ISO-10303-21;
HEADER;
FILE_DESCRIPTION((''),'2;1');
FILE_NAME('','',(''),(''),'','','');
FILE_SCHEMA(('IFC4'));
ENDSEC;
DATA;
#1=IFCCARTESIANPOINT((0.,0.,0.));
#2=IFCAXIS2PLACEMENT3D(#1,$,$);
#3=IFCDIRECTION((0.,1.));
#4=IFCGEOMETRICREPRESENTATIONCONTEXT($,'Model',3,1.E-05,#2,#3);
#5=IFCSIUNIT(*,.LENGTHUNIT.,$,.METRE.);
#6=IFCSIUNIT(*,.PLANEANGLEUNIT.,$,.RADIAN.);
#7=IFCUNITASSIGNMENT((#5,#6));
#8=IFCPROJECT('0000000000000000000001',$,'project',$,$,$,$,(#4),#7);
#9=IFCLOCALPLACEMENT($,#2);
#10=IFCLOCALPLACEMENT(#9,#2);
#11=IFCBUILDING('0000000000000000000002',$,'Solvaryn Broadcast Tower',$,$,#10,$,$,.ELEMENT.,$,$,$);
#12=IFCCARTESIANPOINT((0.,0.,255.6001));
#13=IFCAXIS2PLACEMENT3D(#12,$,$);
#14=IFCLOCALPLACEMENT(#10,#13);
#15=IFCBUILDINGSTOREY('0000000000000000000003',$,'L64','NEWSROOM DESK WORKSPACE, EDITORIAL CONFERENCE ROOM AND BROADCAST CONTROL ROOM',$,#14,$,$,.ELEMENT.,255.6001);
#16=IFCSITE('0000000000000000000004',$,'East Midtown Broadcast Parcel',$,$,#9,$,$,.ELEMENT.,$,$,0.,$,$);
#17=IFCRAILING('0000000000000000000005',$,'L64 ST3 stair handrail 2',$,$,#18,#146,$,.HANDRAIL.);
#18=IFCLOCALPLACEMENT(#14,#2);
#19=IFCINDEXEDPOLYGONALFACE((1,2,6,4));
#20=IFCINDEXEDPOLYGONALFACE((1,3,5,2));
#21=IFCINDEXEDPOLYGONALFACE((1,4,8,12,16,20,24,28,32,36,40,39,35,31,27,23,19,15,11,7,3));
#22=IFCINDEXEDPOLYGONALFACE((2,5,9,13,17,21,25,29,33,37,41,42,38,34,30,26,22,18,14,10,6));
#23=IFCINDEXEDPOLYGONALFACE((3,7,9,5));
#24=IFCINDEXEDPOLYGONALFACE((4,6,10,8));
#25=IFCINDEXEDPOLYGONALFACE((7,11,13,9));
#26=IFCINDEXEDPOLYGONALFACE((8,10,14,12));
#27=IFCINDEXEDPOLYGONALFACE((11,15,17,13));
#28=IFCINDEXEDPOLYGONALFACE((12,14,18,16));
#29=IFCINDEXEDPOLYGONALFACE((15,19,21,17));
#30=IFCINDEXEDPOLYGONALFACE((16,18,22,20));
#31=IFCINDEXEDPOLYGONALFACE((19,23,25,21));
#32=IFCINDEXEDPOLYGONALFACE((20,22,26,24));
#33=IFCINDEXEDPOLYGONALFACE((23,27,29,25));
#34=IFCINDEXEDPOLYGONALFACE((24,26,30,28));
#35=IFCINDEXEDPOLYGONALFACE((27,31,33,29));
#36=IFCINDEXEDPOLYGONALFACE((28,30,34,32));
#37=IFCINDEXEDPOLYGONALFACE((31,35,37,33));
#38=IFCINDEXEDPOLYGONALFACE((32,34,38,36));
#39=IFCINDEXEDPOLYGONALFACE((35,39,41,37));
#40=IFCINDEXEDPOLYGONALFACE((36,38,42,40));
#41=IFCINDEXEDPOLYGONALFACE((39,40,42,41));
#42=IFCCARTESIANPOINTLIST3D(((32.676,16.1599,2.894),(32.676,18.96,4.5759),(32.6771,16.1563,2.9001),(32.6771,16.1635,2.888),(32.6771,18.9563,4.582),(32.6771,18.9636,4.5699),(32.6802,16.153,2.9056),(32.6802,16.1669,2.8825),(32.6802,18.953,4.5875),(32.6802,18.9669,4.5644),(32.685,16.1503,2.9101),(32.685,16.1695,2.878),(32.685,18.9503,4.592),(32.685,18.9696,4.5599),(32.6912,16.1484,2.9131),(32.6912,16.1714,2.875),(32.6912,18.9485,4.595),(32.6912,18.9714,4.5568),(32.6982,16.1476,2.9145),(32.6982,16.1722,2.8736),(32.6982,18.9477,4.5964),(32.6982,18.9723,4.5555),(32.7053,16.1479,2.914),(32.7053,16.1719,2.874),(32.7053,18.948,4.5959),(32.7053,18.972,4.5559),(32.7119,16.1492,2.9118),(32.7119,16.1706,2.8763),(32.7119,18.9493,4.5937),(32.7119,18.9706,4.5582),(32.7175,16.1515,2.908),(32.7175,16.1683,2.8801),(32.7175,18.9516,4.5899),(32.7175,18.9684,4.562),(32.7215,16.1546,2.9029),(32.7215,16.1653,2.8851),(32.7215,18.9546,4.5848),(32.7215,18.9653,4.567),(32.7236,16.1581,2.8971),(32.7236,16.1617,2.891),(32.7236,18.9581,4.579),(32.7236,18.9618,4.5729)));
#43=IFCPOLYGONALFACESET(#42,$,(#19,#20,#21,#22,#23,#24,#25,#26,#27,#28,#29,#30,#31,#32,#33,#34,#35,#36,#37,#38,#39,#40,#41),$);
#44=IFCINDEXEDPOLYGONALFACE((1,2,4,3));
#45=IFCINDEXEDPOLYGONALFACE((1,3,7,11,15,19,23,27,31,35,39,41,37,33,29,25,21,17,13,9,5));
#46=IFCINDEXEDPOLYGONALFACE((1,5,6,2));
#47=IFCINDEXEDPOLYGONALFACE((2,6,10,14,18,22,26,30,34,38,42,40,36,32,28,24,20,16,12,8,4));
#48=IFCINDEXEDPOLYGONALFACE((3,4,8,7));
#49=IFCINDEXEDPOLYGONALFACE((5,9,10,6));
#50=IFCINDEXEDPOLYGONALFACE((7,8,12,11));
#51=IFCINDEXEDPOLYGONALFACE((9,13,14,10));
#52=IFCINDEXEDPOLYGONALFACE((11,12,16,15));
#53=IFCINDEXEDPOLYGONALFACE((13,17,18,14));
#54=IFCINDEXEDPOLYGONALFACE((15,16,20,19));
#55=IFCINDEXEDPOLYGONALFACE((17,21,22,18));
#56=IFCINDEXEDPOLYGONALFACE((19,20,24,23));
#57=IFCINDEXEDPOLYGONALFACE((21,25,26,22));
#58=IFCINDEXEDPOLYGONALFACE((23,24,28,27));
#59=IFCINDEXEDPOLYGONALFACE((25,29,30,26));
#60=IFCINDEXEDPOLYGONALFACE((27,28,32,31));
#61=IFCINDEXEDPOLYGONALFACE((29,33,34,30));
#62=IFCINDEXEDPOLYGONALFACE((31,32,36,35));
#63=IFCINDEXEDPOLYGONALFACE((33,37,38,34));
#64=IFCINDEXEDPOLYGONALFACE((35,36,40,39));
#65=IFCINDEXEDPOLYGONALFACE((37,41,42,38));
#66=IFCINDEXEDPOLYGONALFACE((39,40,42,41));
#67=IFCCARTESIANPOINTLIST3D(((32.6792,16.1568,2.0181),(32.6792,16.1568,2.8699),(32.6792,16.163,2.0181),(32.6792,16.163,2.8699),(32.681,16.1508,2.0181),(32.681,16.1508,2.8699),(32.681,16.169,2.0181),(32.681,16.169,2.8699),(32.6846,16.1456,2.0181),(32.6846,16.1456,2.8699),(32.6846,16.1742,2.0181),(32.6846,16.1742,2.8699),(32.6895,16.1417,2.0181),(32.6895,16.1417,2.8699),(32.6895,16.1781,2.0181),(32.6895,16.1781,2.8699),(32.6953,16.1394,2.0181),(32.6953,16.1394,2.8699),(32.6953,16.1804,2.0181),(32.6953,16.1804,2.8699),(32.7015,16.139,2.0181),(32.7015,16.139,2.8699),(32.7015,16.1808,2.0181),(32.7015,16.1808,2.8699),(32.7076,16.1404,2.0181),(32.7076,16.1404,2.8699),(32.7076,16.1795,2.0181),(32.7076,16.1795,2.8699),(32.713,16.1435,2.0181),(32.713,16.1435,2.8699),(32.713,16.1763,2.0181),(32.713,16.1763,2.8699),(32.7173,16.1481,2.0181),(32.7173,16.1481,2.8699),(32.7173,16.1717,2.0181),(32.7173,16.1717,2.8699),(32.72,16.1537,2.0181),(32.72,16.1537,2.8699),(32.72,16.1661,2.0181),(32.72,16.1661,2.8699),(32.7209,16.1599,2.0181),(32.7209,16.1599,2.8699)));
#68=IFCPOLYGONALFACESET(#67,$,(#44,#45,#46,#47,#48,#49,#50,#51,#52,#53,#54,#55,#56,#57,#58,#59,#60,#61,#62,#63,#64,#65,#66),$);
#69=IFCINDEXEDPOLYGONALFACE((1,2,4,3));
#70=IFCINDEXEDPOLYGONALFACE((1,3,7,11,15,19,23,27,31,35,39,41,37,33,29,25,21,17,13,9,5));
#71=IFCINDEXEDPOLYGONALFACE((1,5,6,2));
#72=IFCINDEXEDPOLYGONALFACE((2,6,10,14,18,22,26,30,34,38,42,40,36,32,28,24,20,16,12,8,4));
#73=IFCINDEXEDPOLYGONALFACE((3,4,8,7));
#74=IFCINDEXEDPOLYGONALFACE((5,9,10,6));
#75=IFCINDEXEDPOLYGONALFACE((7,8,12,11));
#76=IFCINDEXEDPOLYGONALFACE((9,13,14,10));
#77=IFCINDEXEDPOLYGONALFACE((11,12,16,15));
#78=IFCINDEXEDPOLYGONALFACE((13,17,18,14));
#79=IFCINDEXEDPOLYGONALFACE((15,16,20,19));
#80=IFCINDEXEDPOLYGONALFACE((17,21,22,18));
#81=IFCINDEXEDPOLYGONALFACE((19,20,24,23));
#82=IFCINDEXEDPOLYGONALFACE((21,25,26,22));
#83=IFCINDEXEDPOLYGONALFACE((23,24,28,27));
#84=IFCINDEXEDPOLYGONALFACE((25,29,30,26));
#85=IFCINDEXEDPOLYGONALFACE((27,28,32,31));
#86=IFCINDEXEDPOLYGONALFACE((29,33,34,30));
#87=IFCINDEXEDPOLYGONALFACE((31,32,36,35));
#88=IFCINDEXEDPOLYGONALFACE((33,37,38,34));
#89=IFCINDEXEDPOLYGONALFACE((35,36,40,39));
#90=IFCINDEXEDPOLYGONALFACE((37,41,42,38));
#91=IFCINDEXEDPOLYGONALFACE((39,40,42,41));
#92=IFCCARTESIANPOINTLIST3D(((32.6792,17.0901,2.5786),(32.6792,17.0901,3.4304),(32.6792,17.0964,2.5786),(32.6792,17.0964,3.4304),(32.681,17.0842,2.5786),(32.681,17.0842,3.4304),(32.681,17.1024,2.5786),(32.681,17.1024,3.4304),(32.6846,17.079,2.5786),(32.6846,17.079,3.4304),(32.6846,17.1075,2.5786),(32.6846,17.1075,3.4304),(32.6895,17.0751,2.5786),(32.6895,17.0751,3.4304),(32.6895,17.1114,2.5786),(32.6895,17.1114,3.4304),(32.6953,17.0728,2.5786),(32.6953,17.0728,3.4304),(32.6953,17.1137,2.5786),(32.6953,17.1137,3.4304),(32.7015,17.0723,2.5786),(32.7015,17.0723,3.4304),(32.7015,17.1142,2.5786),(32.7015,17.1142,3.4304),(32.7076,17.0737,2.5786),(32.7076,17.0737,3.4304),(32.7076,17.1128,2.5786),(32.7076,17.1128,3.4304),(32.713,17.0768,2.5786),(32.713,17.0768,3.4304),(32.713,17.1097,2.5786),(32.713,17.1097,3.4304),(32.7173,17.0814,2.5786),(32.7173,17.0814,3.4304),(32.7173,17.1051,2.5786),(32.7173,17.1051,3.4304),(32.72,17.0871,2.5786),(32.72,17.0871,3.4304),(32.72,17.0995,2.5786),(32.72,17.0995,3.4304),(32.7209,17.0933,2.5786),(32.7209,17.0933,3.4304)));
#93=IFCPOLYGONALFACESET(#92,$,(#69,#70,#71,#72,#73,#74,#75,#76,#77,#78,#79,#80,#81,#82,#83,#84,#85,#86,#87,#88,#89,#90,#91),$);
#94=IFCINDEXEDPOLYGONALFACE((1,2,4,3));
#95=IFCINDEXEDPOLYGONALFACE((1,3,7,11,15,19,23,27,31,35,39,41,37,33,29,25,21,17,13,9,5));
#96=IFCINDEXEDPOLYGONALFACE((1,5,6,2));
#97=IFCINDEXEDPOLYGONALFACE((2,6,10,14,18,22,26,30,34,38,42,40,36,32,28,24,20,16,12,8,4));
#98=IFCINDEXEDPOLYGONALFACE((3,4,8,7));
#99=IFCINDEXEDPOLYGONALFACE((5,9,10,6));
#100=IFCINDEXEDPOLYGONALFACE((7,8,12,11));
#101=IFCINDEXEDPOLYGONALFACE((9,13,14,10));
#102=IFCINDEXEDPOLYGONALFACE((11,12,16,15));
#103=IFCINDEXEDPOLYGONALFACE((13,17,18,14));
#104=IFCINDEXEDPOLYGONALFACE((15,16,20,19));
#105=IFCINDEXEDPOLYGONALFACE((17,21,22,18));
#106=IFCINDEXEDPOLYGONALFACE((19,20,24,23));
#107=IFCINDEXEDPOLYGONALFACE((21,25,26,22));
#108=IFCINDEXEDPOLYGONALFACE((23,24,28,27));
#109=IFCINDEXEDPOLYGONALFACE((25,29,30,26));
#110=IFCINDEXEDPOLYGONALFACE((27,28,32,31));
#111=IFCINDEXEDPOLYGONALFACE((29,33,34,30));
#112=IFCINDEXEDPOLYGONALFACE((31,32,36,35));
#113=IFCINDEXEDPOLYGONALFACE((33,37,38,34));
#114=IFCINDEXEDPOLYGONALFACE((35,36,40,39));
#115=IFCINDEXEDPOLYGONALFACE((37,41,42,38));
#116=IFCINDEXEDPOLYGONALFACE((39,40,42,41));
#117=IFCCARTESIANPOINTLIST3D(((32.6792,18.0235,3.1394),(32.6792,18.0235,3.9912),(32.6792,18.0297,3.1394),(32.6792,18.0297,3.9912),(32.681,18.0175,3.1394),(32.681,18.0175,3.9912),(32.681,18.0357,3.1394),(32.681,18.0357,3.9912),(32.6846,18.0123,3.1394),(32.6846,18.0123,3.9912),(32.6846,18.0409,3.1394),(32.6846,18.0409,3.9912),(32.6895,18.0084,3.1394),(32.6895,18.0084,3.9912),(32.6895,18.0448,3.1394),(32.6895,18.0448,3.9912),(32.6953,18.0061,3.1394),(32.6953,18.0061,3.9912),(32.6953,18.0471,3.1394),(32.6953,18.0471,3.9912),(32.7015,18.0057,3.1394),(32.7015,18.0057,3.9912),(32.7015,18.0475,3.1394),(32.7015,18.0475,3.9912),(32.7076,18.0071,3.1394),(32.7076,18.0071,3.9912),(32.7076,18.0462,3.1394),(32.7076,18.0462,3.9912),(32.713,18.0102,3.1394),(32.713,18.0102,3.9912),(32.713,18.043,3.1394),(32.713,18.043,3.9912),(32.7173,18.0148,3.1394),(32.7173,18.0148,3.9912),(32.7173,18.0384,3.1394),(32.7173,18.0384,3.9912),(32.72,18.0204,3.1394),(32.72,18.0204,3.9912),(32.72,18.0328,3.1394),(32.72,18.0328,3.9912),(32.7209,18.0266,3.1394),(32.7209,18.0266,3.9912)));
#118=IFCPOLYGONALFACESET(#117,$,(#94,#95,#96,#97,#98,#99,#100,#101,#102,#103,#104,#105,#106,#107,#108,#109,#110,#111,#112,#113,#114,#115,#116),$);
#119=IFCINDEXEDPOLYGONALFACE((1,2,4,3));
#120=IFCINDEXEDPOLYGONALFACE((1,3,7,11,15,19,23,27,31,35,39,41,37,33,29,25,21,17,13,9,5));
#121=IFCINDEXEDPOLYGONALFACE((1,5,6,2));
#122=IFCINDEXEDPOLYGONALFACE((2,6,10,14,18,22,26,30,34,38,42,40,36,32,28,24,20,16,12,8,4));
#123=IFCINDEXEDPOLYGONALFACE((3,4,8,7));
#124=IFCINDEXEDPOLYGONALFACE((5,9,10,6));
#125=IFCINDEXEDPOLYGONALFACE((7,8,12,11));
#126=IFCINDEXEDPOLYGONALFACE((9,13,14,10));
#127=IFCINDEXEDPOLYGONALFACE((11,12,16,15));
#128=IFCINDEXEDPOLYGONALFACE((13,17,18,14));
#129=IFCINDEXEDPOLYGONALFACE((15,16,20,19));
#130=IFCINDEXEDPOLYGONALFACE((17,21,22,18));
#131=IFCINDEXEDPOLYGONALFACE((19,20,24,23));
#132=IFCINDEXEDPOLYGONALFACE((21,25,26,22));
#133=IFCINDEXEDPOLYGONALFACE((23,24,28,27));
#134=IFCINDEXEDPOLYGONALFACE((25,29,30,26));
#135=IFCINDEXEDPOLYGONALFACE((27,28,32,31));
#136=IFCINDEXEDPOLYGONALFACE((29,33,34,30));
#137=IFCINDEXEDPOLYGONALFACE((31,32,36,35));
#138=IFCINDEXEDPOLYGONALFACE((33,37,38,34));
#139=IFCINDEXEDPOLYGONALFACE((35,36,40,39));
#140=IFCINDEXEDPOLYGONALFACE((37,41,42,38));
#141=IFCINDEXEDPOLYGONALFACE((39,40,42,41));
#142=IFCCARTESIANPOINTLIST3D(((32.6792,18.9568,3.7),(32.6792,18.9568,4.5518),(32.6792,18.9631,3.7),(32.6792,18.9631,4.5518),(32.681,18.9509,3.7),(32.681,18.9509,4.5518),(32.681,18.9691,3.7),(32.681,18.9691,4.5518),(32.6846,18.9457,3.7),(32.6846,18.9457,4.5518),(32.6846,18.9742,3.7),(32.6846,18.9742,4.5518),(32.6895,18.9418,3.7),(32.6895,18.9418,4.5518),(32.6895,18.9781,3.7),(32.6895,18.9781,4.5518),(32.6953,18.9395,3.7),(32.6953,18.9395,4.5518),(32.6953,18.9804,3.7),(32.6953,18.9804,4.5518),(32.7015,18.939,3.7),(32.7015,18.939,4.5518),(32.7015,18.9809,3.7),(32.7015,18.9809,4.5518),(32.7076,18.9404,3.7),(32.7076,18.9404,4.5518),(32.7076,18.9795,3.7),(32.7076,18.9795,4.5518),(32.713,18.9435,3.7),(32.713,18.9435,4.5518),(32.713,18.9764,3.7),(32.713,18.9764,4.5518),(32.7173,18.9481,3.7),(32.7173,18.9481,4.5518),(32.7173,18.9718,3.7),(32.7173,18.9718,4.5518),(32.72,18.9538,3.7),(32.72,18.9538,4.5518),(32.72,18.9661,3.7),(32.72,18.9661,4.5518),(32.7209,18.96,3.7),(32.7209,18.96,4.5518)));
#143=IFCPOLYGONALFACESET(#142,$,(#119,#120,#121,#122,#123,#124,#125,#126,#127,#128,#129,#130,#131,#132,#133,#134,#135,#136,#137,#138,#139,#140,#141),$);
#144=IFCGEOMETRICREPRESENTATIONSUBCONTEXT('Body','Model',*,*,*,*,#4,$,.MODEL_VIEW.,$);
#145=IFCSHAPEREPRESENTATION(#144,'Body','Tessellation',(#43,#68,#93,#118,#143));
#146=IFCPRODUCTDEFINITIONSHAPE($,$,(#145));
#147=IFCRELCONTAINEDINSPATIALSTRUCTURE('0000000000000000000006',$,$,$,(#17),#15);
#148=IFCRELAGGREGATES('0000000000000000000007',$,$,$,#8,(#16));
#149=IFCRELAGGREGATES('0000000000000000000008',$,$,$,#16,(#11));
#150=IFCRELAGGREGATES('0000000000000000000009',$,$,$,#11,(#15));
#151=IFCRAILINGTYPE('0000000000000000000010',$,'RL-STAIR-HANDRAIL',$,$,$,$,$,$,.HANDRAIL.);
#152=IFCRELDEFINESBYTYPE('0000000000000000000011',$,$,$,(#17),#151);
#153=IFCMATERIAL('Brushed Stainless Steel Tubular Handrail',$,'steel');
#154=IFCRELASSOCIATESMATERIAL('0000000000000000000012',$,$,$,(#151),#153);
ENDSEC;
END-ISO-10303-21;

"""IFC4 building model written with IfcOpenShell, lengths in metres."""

from ifc_helpers import new_model, si_unit, direction, frame, origin, origin_2d, place, context, subcontext, project, spatial, circle, extrude, material, type_object, element, save


model = new_model("IFC4")

# Units and contexts
model_context = context("Model", 3, precision=1e-05, world=origin(), true_north=direction((0.0, 1.0)))
body_context = subcontext(model_context, "Body", "Model", "MODEL_VIEW")
ifc_project = project(units=[si_unit("LENGTHUNIT", "METRE"), si_unit("PLANEANGLEUNIT", "RADIAN")], contexts=[model_context])

# Site, building, storey
site_placement = place(None, origin())
site = spatial("IfcSite", under=ifc_project, at=site_placement, Name="East Midtown Broadcast Parcel", CompositionType="ELEMENT", RefElevation=0.0)
building_placement = place(site_placement, origin())
building = spatial("IfcBuilding", under=site, at=building_placement, Name="Solvaryn Broadcast Tower", CompositionType="ELEMENT")
storey_placement = place(building_placement, frame((0.0, 0.0, 255.6001)))
storey = spatial("IfcBuildingStorey", under=building, at=storey_placement, Name="L64", Description="NEWSROOM DESK WORKSPACE, EDITORIAL CONFERENCE ROOM AND BROADCAST CONTROL ROOM", CompositionType="ELEMENT", Elevation=255.6001)

# Railing
ifc_material_1 = material(Name="Brushed Stainless Steel Tubular Handrail", Category="steel")
railing_type_1 = type_object("IfcRailingType", Name="RL-STAIR-HANDRAIL", PredefinedType="HANDRAIL", material=ifc_material_1)
railing_1_placement = place(storey_placement, frame((32.7, 16.1599, 2.0181)))
element("IfcRailing", 1, at=railing_1_placement, inside=storey, type_object=railing_type_1, Name="L64 ST3 stair handrail 2", PredefinedType="HANDRAIL", context=body_context, shape_type="SweptSolid", body=[
    extrude(circle(Radius=0.0239, at=origin_2d()), frame((0.0, 0.0, 0.876), z_axis=(0.0, 0.857242, 0.514913), x_axis=(-1.0, 0.0, 0.0)), (0.0, 0.0, 1.0), 3.2664),
    extrude(circle(Radius=0.021, at=origin_2d()), origin(), (0.0, 0.0, 1.0), 0.8518),
    extrude(circle(Radius=0.021, at=origin_2d()), frame((0.0, 0.9333, 0.5605)), (0.0, 0.0, 1.0), 0.8518),
    extrude(circle(Radius=0.021, at=origin_2d()), frame((0.0, 1.8667, 1.1213)), (0.0, 0.0, 1.0), 0.8518),
    extrude(circle(Radius=0.021, at=origin_2d()), frame((0.0, 2.8, 1.6819)), (0.0, 0.0, 1.0), 0.8518),
])

save(model, "model.ifc")
